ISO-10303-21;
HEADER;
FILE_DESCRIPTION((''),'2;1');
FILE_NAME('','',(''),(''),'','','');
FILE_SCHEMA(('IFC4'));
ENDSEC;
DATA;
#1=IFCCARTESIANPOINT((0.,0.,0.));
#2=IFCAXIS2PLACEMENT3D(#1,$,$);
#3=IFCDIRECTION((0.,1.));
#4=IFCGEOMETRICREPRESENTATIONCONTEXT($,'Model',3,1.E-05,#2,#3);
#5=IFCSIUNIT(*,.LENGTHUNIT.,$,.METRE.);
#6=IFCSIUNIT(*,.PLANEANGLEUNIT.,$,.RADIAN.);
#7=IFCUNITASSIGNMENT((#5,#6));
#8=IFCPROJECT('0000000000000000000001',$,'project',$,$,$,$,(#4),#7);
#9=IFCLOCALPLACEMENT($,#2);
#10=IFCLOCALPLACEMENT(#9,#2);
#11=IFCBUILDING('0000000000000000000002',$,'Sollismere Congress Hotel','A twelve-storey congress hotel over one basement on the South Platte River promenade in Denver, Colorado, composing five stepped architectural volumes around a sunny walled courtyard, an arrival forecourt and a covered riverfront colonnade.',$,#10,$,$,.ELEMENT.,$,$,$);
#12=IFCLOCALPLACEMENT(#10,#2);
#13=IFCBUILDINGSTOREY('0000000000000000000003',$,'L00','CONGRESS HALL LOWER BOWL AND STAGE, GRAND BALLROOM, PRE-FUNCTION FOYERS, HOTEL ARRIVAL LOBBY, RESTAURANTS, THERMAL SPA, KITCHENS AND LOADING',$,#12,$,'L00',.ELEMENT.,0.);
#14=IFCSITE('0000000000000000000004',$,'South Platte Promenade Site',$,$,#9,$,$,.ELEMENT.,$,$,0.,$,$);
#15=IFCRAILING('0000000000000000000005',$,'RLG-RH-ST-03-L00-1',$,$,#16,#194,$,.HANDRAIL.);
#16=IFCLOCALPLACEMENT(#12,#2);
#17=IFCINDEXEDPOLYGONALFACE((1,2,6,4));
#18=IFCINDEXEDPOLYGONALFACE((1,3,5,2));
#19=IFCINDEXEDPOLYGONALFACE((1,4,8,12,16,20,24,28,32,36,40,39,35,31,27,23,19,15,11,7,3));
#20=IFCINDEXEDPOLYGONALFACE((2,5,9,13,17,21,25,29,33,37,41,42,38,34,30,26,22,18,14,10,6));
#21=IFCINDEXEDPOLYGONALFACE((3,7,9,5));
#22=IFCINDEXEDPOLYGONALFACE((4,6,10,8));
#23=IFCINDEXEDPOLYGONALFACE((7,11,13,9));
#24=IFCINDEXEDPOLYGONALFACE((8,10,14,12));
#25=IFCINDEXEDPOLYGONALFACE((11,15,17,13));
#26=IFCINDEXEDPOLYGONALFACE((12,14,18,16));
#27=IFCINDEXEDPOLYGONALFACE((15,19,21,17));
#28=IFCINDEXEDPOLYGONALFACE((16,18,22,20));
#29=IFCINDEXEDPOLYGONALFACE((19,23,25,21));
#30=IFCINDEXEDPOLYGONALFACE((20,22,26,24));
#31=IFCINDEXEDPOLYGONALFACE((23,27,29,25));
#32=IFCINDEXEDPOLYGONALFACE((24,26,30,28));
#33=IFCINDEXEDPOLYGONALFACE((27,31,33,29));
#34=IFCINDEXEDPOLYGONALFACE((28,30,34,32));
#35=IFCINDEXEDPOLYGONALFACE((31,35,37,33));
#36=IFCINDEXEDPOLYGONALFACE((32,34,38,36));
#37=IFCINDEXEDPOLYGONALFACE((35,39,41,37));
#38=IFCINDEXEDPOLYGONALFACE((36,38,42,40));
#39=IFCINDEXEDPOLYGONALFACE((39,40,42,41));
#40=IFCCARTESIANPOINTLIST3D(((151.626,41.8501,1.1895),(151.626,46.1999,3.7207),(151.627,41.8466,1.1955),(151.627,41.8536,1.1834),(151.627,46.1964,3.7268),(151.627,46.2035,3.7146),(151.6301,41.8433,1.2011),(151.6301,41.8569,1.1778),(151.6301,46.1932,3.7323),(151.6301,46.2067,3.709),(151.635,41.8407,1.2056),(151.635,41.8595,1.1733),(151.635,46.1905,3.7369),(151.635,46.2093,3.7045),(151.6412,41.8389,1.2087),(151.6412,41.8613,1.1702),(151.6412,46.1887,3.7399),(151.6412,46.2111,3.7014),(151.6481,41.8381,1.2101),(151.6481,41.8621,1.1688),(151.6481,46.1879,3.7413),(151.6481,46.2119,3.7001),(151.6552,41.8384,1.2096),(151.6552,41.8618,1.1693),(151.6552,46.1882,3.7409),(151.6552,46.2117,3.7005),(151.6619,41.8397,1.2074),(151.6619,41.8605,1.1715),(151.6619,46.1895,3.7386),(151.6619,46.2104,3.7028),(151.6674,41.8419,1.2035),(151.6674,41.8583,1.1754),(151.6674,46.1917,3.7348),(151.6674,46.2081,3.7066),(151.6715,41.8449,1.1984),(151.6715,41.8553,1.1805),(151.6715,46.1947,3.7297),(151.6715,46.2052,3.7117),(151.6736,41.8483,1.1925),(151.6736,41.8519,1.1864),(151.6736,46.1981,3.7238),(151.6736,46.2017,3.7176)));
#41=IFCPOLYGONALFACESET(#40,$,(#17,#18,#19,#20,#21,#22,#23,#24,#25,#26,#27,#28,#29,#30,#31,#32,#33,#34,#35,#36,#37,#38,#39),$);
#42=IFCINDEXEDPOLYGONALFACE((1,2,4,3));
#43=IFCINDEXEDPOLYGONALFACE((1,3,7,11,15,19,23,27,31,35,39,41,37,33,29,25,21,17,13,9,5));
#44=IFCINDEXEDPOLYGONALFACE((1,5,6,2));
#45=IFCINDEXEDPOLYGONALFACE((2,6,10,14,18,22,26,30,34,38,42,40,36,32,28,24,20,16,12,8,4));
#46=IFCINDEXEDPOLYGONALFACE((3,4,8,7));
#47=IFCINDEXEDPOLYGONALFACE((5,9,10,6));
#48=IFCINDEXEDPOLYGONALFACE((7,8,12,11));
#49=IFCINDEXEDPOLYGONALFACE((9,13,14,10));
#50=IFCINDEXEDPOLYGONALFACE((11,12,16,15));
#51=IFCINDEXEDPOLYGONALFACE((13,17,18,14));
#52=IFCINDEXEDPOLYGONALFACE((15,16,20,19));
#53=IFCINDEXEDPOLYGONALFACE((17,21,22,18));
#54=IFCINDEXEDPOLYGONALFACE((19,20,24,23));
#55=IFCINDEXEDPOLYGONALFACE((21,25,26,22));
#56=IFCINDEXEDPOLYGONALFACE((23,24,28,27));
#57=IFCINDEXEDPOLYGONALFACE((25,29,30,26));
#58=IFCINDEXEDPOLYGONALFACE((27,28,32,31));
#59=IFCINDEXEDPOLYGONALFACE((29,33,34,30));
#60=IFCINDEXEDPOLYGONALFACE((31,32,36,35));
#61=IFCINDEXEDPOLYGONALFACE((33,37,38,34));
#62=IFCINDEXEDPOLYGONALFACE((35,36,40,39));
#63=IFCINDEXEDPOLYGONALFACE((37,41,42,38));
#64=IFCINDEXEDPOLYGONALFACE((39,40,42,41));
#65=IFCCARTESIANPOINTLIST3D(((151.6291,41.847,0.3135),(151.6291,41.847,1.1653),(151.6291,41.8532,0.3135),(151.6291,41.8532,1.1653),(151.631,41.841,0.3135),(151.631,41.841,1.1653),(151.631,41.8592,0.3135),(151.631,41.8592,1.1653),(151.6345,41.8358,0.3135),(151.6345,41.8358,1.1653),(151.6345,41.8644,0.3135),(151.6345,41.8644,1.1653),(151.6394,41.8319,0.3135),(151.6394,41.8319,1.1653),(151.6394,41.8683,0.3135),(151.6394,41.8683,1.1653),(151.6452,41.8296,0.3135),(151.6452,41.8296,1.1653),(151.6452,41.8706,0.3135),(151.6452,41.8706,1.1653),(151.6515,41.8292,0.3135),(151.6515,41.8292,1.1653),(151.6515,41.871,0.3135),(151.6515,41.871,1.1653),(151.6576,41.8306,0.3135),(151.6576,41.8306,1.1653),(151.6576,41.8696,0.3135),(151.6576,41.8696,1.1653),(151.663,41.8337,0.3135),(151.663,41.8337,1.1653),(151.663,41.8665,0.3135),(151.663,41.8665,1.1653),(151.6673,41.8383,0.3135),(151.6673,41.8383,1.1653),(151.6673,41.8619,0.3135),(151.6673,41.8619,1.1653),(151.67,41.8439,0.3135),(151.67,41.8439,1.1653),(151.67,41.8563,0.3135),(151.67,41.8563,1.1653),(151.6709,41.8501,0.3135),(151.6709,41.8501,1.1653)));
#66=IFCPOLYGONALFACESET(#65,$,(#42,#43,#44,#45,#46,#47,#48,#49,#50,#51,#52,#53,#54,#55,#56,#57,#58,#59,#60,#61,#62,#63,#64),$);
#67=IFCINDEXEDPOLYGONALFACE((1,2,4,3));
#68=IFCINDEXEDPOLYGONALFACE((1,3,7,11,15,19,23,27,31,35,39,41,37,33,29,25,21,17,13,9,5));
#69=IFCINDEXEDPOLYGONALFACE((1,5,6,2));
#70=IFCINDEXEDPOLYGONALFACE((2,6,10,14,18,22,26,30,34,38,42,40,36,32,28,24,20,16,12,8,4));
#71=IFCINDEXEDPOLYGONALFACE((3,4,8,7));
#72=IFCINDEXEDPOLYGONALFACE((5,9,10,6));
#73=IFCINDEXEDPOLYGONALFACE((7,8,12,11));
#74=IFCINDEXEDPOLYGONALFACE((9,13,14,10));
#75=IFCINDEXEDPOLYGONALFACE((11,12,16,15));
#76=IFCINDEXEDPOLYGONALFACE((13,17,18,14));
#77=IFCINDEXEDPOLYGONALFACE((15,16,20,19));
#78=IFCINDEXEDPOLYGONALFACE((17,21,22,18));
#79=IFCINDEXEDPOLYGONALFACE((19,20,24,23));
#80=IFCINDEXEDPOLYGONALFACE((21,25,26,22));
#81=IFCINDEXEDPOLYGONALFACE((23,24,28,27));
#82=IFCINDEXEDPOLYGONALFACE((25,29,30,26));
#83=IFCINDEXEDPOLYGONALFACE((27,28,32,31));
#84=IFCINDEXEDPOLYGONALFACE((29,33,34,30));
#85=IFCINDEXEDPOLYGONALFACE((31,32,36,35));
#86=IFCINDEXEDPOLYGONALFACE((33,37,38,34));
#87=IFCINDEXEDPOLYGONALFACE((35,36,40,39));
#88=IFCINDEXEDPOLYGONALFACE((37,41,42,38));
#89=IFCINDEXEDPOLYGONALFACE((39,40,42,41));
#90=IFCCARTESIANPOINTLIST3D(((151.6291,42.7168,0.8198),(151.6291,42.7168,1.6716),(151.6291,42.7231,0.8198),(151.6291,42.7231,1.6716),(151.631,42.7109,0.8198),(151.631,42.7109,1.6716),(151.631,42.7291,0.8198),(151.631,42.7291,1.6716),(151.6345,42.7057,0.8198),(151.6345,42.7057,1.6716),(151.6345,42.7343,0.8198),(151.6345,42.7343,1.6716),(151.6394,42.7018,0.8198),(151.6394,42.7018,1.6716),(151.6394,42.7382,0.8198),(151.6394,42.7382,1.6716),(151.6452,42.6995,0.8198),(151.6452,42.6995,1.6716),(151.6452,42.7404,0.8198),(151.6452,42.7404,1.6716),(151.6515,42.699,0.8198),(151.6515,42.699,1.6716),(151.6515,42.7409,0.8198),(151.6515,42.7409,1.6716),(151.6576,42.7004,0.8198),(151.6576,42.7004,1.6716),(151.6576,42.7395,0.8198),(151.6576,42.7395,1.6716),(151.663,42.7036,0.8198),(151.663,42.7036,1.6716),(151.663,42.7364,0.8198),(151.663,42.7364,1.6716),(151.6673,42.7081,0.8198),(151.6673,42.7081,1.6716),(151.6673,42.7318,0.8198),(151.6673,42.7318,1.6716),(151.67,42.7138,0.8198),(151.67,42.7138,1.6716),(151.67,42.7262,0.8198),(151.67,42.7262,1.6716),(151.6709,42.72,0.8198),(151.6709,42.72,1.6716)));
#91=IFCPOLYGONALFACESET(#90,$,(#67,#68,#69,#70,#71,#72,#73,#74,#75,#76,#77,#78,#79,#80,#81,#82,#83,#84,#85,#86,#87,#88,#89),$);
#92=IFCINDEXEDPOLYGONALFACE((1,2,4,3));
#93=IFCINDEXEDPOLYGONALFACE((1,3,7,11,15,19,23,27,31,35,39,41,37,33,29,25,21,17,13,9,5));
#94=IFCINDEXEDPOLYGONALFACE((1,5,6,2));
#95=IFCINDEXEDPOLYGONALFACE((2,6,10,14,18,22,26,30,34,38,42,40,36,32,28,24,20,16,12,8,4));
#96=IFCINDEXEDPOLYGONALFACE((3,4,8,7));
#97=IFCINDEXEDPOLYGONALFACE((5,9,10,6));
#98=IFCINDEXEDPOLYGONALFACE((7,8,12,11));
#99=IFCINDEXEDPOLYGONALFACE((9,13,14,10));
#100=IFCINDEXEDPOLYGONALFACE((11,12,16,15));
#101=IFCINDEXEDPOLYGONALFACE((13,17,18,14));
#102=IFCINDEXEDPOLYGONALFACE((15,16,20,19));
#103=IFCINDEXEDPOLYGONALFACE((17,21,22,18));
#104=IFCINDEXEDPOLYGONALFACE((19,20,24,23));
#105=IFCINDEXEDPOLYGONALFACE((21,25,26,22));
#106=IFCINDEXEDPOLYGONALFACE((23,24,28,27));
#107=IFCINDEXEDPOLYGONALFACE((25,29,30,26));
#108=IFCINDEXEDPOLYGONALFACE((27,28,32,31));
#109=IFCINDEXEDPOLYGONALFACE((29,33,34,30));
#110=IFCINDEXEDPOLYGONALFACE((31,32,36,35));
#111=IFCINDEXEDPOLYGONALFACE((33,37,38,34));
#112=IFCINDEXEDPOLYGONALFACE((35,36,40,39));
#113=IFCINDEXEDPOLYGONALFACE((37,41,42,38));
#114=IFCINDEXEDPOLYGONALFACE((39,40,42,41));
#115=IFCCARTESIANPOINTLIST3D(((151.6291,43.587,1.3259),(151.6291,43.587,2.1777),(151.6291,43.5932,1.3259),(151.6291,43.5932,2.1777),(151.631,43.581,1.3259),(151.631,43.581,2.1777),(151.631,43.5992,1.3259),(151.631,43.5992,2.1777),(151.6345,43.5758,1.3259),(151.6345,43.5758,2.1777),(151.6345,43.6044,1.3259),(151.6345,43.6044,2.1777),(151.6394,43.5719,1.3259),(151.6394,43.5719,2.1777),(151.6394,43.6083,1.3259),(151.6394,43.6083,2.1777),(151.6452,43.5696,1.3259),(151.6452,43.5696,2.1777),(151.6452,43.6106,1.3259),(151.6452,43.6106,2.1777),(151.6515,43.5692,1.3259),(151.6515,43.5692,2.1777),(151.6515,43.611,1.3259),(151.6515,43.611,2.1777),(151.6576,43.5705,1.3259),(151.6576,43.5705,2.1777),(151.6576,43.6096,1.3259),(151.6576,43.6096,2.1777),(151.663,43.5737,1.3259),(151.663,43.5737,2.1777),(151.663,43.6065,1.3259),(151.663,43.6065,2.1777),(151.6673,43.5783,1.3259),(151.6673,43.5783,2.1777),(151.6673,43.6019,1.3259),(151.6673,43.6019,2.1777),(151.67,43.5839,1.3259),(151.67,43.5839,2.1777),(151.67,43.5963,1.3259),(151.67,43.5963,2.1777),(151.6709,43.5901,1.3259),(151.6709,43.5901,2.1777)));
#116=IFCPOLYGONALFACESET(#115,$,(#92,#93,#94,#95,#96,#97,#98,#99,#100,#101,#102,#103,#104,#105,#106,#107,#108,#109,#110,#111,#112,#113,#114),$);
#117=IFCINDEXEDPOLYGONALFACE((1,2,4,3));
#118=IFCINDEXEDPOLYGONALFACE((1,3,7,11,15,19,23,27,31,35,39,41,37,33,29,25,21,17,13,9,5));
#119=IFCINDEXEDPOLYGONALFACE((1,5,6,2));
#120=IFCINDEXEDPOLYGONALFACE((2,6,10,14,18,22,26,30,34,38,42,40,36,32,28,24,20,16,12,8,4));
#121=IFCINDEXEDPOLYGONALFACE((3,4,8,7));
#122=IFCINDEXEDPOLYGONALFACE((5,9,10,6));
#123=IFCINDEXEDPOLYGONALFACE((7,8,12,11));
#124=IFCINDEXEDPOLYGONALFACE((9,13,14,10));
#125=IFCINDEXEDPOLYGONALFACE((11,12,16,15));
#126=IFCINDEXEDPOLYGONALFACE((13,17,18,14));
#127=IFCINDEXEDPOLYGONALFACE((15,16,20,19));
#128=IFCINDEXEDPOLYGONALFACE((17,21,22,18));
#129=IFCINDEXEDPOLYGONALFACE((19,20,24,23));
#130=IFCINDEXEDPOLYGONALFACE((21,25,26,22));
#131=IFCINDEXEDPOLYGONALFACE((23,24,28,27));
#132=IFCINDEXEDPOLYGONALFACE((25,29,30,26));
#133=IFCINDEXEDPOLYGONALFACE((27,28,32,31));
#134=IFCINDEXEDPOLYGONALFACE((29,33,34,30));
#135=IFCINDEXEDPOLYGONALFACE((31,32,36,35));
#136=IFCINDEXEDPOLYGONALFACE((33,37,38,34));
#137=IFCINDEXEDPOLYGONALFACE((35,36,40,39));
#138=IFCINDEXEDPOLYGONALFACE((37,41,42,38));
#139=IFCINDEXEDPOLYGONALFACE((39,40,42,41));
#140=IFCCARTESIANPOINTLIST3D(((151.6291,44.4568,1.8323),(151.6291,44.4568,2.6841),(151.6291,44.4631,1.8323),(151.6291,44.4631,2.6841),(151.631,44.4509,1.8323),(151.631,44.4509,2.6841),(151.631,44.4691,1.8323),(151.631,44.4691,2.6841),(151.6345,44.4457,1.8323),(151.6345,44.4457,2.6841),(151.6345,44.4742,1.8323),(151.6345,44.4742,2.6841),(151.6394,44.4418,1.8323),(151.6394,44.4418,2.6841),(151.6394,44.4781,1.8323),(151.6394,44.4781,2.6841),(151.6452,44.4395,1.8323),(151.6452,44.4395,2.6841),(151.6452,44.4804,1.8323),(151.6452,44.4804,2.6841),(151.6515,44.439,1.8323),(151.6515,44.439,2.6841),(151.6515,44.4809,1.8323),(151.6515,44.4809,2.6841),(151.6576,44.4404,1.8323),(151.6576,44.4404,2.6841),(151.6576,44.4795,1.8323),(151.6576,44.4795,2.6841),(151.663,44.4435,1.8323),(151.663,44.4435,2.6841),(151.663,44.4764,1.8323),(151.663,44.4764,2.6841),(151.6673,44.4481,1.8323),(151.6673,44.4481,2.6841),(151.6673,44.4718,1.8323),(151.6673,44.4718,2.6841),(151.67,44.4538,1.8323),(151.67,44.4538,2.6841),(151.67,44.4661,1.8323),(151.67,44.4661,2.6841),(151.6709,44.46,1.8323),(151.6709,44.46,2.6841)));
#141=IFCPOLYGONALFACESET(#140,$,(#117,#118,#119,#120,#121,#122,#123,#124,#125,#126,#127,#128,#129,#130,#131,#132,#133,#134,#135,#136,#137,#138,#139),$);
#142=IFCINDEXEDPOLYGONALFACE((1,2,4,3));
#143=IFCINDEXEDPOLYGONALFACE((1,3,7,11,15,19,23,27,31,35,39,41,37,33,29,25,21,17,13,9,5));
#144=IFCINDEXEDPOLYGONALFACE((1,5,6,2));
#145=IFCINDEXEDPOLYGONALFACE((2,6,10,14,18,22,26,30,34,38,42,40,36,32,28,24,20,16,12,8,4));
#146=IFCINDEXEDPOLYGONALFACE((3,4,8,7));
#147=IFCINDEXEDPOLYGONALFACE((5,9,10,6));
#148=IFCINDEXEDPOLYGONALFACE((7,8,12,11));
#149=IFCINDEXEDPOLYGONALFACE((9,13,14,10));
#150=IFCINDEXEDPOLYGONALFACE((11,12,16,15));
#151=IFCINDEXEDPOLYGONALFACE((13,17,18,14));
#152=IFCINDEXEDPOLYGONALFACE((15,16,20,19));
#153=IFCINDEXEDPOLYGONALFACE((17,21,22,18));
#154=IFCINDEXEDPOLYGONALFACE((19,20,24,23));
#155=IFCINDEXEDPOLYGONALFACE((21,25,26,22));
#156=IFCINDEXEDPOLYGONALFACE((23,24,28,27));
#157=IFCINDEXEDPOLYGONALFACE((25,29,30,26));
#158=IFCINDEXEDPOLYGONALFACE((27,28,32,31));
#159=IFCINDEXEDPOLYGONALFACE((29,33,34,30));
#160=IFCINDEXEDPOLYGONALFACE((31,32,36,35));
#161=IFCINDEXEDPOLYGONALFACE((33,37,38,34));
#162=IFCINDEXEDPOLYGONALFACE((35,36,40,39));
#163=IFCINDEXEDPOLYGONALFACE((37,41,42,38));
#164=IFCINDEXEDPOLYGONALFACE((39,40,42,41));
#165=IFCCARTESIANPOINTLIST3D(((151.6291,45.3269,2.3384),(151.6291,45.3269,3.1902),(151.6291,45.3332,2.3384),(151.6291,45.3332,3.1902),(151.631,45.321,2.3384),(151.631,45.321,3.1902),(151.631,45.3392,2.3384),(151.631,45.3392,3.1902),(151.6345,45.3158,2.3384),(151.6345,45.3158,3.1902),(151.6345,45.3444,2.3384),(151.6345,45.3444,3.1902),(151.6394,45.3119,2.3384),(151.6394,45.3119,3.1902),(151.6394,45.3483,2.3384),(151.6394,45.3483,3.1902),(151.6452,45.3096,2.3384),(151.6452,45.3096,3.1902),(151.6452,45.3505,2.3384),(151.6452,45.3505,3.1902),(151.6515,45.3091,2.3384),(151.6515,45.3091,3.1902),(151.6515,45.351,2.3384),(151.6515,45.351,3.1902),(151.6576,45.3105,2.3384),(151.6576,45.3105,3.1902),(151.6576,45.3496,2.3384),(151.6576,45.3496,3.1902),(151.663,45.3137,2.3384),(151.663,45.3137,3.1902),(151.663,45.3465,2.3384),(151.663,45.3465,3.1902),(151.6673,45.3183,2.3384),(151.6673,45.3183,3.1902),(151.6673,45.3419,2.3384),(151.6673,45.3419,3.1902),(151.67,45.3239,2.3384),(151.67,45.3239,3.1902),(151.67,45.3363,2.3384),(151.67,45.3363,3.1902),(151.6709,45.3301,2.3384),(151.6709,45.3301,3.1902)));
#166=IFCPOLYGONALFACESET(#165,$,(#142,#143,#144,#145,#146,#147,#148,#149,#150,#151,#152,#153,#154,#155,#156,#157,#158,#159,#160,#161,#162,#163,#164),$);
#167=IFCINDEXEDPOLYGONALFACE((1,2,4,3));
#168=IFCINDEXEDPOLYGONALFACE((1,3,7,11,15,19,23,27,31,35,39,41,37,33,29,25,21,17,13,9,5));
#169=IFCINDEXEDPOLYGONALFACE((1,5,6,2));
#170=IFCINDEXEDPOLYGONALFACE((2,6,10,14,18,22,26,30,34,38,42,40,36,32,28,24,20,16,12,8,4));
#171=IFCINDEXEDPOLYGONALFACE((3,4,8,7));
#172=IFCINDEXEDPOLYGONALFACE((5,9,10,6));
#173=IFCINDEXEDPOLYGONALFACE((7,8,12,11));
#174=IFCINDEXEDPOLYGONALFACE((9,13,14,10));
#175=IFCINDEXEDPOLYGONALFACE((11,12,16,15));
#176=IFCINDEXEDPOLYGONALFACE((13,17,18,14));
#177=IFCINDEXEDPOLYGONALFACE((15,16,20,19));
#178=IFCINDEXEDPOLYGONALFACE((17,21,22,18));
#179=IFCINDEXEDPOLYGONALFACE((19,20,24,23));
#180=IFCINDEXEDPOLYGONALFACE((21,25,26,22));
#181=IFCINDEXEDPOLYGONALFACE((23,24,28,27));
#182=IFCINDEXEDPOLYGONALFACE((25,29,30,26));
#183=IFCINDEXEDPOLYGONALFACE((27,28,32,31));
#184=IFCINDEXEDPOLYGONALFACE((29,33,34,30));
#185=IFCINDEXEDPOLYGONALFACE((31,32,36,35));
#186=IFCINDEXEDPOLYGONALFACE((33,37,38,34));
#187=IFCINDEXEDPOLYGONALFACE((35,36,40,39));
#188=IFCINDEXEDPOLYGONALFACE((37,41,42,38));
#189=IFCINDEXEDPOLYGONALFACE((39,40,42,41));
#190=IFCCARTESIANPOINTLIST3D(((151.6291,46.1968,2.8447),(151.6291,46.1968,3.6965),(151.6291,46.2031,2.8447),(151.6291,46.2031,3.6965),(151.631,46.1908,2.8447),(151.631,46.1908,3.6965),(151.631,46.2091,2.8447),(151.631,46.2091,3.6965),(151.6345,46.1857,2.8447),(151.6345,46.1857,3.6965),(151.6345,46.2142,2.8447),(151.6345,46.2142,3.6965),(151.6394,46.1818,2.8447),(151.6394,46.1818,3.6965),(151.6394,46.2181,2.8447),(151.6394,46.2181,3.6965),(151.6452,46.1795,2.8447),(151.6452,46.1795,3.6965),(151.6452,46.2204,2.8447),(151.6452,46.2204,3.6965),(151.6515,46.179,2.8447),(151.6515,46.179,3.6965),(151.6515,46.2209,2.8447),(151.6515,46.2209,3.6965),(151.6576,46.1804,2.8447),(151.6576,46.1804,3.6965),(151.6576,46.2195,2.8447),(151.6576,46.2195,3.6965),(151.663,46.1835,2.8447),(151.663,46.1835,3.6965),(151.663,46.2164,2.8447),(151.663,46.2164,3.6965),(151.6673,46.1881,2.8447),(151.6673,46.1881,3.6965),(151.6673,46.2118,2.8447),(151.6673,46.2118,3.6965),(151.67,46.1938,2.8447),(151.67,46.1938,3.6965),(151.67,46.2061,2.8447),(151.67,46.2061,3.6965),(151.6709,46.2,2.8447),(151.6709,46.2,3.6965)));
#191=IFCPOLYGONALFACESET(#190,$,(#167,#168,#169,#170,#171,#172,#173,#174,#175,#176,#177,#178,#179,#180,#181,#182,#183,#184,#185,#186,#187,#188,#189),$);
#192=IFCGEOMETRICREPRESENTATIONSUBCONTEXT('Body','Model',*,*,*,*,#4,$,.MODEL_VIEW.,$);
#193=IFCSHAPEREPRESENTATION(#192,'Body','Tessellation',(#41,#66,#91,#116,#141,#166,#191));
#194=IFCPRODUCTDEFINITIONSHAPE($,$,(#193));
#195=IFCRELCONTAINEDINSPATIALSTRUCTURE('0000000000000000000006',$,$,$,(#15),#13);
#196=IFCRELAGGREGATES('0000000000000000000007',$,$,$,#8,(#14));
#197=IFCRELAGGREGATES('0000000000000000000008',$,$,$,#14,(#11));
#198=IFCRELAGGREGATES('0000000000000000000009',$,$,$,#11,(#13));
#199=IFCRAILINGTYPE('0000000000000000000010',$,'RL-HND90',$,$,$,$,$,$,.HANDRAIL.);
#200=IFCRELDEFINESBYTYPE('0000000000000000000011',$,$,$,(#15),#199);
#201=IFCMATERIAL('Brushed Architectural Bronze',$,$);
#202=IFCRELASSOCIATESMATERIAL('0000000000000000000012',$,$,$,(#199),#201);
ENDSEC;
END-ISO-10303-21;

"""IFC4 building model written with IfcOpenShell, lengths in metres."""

from ifc_helpers import new_model, si_unit, direction, frame, origin, origin_2d, place, context, subcontext, project, spatial, circle, extrude, material, type_object, element, save


model = new_model("IFC4")

# Units and contexts
model_context = context("Model", 3, precision=1e-05, world=origin(), true_north=direction((0.0, 1.0)))
body_context = subcontext(model_context, "Body", "Model", "MODEL_VIEW")
ifc_project = project(units=[si_unit("LENGTHUNIT", "METRE"), si_unit("PLANEANGLEUNIT", "RADIAN")], contexts=[model_context])

# Site, building, storey
site_placement = place(None, origin())
site = spatial("IfcSite", under=ifc_project, at=site_placement, Name="South Platte Promenade Site", CompositionType="ELEMENT", RefElevation=0.0)
building_placement = place(site_placement, origin())
building = spatial("IfcBuilding", under=site, at=building_placement, Name="Sollismere Congress Hotel", Description="A twelve-storey congress hotel over one basement on the South Platte River promenade in Denver, Colorado, composing five stepped architectural volumes around a sunny walled courtyard, an arrival forecourt and a covered riverfront colonnade.", CompositionType="ELEMENT")
storey_placement = place(building_placement, origin())
storey = spatial("IfcBuildingStorey", under=building, at=storey_placement, Name="L00", Description="CONGRESS HALL LOWER BOWL AND STAGE, GRAND BALLROOM, PRE-FUNCTION FOYERS, HOTEL ARRIVAL LOBBY, RESTAURANTS, THERMAL SPA, KITCHENS AND LOADING", LongName="L00", CompositionType="ELEMENT", Elevation=0.0)

# Railing
ifc_material_1 = material(Name="Brushed Architectural Bronze")
railing_type_1 = type_object("IfcRailingType", Name="RL-HND90", PredefinedType="HANDRAIL", material=ifc_material_1)
railing_1_placement = place(storey_placement, frame((151.6499, 41.8501, 0.3135)))
element("IfcRailing", 1, at=railing_1_placement, inside=storey, type_object=railing_type_1, Name="RLG-RH-ST-03-L00-1", PredefinedType="HANDRAIL", context=body_context, shape_type="SweptSolid", body=[
    extrude(circle(Radius=0.0239, at=origin_2d()), frame((0.0, 0.0, 0.876), z_axis=(0.0, 0.864312, 0.502957), x_axis=(-1.0, 0.0, 0.0)), (0.0, 0.0, 1.0), 5.0327),
    extrude(circle(Radius=0.021, at=origin_2d()), origin(), (0.0, 0.0, 1.0), 0.8518),
    extrude(circle(Radius=0.021, at=origin_2d()), frame((0.0, 0.8699, 0.5063)), (0.0, 0.0, 1.0), 0.8518),
    extrude(circle(Radius=0.021, at=origin_2d()), frame((0.0, 1.74, 1.0125)), (0.0, 0.0, 1.0), 0.8518),
    extrude(circle(Radius=0.021, at=origin_2d()), frame((0.0, 2.6099, 1.5188)), (0.0, 0.0, 1.0), 0.8518),
    extrude(circle(Radius=0.021, at=origin_2d()), frame((0.0, 3.48, 2.0249)), (0.0, 0.0, 1.0), 0.8518),
    extrude(circle(Radius=0.021, at=origin_2d()), frame((0.0, 4.3499, 2.5312)), (0.0, 0.0, 1.0), 0.8518),
])

save(model, "model.ifc")
